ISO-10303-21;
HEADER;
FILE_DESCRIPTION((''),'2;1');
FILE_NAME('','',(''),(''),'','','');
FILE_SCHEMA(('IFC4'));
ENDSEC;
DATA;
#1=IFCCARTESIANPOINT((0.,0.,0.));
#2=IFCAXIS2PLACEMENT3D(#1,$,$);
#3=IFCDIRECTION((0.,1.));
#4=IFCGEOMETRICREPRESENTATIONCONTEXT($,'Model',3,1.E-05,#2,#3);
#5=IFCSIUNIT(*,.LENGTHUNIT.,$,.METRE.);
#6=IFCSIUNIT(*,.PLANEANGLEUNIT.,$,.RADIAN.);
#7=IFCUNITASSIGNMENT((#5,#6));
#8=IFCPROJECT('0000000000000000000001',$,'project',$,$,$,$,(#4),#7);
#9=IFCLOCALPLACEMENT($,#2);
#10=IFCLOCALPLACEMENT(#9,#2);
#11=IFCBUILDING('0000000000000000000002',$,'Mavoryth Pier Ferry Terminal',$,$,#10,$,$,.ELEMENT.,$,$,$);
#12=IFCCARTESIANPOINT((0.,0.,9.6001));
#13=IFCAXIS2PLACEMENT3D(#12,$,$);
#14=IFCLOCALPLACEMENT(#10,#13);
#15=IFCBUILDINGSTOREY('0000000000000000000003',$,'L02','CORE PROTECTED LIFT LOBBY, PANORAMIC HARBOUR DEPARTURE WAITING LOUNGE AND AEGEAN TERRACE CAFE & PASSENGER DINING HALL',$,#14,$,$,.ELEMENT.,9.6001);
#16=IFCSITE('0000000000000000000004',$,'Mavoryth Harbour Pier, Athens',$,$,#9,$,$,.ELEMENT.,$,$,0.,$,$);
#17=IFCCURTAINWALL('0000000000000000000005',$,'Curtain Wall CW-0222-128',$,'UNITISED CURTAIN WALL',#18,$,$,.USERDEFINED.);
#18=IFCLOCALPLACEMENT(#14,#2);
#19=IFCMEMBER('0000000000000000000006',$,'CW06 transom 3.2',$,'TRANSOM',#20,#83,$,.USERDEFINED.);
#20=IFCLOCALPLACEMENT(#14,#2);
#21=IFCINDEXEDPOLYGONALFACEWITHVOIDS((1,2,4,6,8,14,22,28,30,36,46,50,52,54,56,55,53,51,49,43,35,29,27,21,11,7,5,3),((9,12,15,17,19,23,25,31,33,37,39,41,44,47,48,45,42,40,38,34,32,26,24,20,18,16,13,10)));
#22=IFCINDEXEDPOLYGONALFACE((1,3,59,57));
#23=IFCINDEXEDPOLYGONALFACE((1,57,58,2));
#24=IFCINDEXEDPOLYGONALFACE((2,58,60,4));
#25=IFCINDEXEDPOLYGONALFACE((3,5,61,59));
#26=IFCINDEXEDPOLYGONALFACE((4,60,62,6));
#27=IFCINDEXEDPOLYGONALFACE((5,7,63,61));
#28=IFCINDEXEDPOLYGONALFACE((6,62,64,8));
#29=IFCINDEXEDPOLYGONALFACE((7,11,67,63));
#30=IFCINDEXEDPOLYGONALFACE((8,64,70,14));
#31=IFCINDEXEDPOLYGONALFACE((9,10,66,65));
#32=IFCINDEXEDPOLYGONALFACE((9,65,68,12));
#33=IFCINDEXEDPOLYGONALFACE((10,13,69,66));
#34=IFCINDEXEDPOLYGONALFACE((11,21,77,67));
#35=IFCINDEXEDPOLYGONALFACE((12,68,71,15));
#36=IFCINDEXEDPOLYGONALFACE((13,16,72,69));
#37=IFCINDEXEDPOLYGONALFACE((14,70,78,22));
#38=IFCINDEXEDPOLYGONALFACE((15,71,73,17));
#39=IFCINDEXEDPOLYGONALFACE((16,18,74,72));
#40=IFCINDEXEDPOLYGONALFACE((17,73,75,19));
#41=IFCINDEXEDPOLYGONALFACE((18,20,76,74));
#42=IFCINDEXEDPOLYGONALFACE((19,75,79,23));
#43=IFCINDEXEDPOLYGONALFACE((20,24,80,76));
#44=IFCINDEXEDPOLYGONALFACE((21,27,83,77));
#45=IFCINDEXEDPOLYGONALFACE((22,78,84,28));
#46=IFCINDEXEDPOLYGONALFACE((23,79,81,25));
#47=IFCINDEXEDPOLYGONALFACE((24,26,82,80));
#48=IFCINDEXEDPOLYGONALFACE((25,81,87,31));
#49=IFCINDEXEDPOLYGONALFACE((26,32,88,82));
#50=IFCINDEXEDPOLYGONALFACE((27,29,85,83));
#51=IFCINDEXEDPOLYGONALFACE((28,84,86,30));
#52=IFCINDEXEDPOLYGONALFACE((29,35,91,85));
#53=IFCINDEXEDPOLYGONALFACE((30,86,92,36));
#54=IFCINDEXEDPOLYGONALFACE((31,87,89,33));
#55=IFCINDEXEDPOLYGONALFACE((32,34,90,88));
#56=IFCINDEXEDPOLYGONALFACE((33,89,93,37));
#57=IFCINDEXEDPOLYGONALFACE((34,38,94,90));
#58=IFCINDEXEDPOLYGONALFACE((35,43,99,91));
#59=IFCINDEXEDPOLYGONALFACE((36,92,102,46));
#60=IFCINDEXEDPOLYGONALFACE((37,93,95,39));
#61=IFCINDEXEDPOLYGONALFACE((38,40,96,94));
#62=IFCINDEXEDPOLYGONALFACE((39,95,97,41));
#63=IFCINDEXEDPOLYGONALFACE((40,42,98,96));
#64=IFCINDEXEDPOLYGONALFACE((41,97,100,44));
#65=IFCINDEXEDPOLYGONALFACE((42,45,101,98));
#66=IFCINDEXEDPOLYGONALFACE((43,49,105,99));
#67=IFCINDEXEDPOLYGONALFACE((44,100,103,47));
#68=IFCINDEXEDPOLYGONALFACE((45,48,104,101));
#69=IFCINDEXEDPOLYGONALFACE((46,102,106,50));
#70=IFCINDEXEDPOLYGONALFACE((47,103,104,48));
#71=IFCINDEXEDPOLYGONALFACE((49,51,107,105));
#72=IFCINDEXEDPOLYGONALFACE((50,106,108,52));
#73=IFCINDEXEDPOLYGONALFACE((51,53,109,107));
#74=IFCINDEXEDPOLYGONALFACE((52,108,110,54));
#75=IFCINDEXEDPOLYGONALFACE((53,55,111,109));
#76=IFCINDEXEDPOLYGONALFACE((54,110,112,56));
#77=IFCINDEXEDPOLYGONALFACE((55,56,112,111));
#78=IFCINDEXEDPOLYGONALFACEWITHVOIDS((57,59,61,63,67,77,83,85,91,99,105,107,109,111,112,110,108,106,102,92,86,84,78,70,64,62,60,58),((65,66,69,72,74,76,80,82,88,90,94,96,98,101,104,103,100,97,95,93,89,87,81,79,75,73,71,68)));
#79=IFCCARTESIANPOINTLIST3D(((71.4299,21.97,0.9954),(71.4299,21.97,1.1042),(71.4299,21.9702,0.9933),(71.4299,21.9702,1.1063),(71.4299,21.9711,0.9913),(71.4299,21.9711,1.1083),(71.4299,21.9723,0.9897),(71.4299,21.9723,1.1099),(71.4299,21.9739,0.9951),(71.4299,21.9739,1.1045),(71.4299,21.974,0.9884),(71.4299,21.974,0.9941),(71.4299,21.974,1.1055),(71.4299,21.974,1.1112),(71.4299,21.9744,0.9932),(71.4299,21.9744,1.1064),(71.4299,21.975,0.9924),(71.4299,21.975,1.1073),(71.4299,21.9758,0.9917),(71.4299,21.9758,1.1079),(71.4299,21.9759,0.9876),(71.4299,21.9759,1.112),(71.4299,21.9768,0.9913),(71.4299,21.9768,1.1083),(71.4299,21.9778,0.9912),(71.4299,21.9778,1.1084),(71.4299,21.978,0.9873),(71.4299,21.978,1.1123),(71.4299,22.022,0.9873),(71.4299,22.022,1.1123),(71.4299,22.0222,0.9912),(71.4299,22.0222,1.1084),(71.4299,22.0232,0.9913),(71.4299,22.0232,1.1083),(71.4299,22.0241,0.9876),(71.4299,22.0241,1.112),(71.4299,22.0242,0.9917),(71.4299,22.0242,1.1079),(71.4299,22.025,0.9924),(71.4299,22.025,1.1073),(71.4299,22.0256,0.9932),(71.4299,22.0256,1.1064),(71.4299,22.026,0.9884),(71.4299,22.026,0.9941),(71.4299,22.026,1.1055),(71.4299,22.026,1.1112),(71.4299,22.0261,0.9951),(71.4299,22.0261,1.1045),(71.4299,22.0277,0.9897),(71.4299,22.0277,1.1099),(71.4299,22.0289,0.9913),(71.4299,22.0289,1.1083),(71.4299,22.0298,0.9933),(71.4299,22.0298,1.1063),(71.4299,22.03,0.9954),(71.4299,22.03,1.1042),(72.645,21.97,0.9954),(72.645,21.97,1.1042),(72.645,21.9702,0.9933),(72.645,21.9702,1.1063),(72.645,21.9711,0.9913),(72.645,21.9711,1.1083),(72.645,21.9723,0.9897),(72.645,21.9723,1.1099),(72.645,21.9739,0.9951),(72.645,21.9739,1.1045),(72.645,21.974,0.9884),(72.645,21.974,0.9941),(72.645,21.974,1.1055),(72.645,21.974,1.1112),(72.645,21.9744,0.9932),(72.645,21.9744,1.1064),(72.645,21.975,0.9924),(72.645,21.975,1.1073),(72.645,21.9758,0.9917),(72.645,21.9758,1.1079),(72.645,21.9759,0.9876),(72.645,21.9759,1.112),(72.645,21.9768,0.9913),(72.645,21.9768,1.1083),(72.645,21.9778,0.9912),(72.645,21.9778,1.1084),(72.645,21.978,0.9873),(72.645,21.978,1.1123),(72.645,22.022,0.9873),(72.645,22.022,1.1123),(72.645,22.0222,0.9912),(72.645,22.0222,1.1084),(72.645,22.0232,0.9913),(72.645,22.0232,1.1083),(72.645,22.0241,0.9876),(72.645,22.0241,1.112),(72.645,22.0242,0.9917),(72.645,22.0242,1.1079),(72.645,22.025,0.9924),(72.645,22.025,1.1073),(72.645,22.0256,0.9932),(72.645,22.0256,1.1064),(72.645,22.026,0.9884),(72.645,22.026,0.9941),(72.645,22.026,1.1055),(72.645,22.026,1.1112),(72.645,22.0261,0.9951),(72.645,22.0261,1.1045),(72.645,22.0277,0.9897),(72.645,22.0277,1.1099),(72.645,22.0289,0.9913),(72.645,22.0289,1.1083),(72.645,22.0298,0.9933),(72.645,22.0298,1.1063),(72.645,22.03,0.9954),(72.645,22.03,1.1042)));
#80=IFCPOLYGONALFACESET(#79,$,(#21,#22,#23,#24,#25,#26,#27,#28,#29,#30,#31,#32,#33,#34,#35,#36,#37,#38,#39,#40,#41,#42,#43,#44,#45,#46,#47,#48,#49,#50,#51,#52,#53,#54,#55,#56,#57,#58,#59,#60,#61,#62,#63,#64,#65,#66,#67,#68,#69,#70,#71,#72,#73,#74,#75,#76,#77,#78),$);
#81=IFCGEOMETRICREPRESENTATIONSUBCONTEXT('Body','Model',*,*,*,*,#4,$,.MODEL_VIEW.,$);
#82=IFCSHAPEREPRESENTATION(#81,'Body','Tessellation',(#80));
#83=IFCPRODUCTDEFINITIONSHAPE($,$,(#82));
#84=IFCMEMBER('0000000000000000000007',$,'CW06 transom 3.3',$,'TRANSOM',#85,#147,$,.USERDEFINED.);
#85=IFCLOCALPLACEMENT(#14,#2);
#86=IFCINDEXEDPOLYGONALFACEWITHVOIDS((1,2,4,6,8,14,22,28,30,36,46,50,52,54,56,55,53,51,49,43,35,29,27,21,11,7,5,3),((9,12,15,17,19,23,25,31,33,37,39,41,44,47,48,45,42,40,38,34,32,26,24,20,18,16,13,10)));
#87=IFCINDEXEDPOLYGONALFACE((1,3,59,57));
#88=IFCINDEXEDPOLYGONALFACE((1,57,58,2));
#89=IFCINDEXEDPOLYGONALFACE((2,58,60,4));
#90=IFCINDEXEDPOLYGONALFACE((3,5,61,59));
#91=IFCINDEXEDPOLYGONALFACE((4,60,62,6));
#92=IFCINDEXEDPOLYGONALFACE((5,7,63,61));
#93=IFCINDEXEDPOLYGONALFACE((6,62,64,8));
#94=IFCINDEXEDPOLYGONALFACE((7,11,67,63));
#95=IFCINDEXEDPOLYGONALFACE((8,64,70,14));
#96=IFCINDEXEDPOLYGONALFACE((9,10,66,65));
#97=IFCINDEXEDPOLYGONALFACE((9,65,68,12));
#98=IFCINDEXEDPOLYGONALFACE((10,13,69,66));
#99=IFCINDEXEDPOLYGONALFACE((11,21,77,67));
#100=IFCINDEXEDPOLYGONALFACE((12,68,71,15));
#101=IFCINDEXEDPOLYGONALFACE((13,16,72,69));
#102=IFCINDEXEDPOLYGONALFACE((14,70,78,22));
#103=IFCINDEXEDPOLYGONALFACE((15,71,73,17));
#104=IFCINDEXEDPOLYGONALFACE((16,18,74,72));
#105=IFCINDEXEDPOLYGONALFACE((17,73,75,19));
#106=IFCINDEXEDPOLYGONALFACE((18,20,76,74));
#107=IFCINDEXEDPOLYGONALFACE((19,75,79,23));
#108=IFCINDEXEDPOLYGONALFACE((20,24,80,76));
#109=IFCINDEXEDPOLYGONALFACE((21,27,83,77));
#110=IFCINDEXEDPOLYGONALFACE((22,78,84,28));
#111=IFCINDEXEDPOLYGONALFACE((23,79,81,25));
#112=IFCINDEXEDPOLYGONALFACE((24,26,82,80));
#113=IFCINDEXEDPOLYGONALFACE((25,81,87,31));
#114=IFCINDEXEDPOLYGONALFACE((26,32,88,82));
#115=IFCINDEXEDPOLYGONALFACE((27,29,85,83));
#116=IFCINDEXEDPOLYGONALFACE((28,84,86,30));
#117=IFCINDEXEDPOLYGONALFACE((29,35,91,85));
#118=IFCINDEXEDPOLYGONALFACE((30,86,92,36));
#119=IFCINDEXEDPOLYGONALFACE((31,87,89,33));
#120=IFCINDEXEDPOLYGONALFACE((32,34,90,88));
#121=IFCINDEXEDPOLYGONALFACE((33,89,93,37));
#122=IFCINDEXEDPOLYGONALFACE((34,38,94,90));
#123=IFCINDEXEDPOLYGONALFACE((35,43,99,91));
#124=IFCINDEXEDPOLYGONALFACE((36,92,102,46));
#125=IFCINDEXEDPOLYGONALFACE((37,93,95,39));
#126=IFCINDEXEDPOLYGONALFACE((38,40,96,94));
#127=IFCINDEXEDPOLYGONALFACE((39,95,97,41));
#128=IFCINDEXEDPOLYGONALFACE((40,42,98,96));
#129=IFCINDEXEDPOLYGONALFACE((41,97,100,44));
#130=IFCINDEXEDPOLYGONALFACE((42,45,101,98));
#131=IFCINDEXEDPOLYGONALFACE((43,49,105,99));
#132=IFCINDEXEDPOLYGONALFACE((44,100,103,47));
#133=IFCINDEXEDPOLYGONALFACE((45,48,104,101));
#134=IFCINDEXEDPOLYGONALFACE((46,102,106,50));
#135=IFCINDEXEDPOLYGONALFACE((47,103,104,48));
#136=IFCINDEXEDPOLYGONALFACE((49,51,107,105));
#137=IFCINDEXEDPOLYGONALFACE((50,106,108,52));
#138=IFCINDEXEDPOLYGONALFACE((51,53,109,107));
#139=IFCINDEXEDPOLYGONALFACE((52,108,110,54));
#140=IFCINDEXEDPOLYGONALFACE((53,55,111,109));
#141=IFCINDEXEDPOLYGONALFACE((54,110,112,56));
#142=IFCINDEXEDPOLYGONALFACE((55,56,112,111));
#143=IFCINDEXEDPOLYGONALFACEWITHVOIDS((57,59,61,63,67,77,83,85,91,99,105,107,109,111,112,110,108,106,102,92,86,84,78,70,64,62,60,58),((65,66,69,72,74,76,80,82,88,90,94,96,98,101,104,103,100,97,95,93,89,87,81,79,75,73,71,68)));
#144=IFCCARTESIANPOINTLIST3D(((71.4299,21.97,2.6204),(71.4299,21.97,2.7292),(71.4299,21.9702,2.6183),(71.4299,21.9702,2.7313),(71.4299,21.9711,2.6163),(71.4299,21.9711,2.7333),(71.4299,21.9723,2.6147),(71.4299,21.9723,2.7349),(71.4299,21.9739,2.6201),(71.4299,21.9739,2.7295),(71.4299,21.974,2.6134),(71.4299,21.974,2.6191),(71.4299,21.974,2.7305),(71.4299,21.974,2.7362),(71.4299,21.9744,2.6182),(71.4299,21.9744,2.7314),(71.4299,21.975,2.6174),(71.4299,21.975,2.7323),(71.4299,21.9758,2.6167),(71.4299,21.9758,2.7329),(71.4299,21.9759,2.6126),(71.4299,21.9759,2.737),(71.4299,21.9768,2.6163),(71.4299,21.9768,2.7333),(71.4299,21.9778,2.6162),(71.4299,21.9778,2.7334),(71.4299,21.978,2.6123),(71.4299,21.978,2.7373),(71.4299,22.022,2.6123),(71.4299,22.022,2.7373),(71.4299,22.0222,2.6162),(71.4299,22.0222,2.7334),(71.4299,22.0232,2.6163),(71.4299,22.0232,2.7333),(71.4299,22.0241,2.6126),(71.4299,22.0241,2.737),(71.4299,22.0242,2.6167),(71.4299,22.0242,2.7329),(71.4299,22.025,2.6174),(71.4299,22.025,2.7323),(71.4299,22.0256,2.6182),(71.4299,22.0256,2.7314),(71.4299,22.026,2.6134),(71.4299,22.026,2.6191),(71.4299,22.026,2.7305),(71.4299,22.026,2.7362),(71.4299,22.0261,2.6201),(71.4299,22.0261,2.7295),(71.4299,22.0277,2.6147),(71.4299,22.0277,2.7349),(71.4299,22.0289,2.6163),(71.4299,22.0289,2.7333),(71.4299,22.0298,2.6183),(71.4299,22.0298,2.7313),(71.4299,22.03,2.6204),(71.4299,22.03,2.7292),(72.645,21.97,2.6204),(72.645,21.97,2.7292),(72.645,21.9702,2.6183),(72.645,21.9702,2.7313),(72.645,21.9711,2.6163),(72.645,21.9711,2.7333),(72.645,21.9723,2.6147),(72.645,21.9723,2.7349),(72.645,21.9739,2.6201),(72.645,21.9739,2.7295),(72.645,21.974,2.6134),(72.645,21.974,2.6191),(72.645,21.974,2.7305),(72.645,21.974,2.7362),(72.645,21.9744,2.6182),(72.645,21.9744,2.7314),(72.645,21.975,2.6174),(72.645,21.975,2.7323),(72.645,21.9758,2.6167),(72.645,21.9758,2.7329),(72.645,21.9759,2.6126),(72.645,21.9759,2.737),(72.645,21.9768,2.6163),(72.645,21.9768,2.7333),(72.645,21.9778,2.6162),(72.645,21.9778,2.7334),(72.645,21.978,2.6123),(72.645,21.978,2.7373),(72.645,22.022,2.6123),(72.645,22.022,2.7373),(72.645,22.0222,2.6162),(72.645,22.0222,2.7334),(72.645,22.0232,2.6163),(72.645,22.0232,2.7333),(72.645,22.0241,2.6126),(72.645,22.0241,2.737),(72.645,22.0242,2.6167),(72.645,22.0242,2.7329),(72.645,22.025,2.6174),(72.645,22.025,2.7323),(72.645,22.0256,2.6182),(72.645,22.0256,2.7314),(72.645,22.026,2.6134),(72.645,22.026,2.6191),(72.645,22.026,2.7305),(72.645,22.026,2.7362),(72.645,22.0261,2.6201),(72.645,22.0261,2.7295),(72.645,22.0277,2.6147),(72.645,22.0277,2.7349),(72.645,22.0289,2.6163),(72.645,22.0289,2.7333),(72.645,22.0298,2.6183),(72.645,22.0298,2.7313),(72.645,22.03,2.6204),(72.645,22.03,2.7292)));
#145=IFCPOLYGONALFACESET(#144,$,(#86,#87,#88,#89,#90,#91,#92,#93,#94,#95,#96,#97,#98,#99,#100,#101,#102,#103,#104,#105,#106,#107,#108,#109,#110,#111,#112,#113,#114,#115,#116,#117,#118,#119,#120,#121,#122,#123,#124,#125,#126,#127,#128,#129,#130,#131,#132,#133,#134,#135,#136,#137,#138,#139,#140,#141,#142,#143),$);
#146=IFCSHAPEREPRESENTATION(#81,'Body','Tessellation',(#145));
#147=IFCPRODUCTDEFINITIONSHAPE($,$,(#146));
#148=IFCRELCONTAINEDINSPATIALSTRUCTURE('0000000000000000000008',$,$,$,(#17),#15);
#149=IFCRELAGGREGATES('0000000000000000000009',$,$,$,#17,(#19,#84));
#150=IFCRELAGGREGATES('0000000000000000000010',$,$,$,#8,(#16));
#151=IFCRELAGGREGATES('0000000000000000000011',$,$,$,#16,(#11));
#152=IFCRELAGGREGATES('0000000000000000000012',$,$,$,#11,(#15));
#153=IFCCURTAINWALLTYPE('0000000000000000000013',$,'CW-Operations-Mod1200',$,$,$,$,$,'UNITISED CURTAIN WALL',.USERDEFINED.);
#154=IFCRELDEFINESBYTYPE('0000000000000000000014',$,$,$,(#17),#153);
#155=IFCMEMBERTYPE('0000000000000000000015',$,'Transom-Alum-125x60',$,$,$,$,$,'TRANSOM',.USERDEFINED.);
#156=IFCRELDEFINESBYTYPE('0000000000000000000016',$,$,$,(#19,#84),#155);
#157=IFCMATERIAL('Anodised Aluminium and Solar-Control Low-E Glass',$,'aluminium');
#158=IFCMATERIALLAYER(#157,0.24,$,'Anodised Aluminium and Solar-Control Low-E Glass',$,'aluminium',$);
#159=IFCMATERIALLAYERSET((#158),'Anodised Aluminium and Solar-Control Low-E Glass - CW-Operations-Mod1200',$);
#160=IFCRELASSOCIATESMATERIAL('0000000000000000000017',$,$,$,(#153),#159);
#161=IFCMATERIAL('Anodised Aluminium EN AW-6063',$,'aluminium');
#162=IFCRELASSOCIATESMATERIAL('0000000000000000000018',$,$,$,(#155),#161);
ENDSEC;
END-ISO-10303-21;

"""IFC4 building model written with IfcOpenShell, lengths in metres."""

from ifc_helpers import new_model, si_unit, direction, frame, origin, origin_2d, place, context, subcontext, project, spatial, hollow_rectangle, extrude, material, layer, layer_set, material_profile, profile_set, type_object, element, aggregate, save


model = new_model("IFC4")

# Units and contexts
model_context = context("Model", 3, precision=1e-05, world=origin(), true_north=direction((0.0, 1.0)))
body_context = subcontext(model_context, "Body", "Model", "MODEL_VIEW")
ifc_project = project(units=[si_unit("LENGTHUNIT", "METRE"), si_unit("PLANEANGLEUNIT", "RADIAN")], contexts=[model_context])

# Site, building, storey
site_placement = place(None, origin())
site = spatial("IfcSite", under=ifc_project, at=site_placement, Name="Mavoryth Harbour Pier, Athens", CompositionType="ELEMENT", RefElevation=0.0)
building_placement = place(site_placement, origin())
building = spatial("IfcBuilding", under=site, at=building_placement, Name="Mavoryth Pier Ferry Terminal", CompositionType="ELEMENT")
storey_placement = place(building_placement, frame((0.0, 0.0, 9.6001)))
storey = spatial("IfcBuildingStorey", under=building, at=storey_placement, Name="L02", Description="CORE PROTECTED LIFT LOBBY, PANORAMIC HARBOUR DEPARTURE WAITING LOUNGE AND AEGEAN TERRACE CAFE & PASSENGER DINING HALL", CompositionType="ELEMENT", Elevation=9.6001)

# Curtain wall
ifc_material_1 = material(Name="Anodised Aluminium and Solar-Control Low-E Glass", Category="aluminium")
ifc_layer_1 = layer(ifc_material_1, 0.24, Name="Anodised Aluminium and Solar-Control Low-E Glass", Category="aluminium")
ifc_layer_set_1 = layer_set([ifc_layer_1], Name="Anodised Aluminium and Solar-Control Low-E Glass - CW-Operations-Mod1200")
curtain_wall_type = type_object("IfcCurtainWallType", Name="CW-Operations-Mod1200", ElementType="UNITISED CURTAIN WALL", PredefinedType="USERDEFINED", material=ifc_layer_set_1)
curtain_wall_1_placement = place(storey_placement, origin())
curtain_wall_1 = element("IfcCurtainWall", 1, at=curtain_wall_1_placement, inside=storey, type_object=curtain_wall_type, Name="Curtain Wall CW-0222-128", ObjectType="UNITISED CURTAIN WALL", PredefinedType="USERDEFINED")
ifc_material_2 = material(Name="Anodised Aluminium EN AW-6063", Category="aluminium")

# Members
ifc_material_profile_1 = material_profile(ifc_material_2, hollow_rectangle(XDim=0.0601, YDim=0.125, WallThickness=0.0039, InnerFilletRadius=0.0039, OuterFilletRadius=0.0081, at=origin_2d()), Name="AL-TRAN 125x60x4", Category="aluminium")
ifc_profile_set_1 = profile_set([ifc_material_profile_1], Name="Anodised Aluminium EN AW-6063 - AL-TRAN 125x60x4")
member_type_1 = type_object("IfcMemberType", Name="Transom-Alum-125x60", ElementType="TRANSOM", PredefinedType="USERDEFINED", material=ifc_profile_set_1)
member_1_placement = place(storey_placement, frame((72.645, 22.0, 1.0498), z_axis=(-1.0, 0.0, 0.0), x_axis=(0.0, -1.0, 0.0)))
member_1 = element("IfcMember", 2, at=member_1_placement, type_object=member_type_1, Name="CW06 transom 3.2", ObjectType="TRANSOM", PredefinedType="USERDEFINED", context=body_context, shape_type="SweptSolid", body=[
    extrude(hollow_rectangle(XDim=0.0601, YDim=0.125, WallThickness=0.0039, InnerFilletRadius=0.0039, OuterFilletRadius=0.0081, at=origin_2d()), origin(), (0.0, 0.0, 1.0), 1.2151),
])
member_2_placement = place(storey_placement, frame((72.645, 22.0, 2.6748), z_axis=(-1.0, 0.0, 0.0), x_axis=(0.0, -1.0, 0.0)))
member_2 = element("IfcMember", 3, at=member_2_placement, type_object=member_type_1, Name="CW06 transom 3.3", ObjectType="TRANSOM", PredefinedType="USERDEFINED", context=body_context, shape_type="SweptSolid", body=[
    extrude(hollow_rectangle(XDim=0.0601, YDim=0.125, WallThickness=0.0039, InnerFilletRadius=0.0039, OuterFilletRadius=0.0081, at=origin_2d()), origin(), (0.0, 0.0, 1.0), 1.2151),
])

aggregate(curtain_wall_1, [member_1, member_2])

save(model, "model.ifc")
